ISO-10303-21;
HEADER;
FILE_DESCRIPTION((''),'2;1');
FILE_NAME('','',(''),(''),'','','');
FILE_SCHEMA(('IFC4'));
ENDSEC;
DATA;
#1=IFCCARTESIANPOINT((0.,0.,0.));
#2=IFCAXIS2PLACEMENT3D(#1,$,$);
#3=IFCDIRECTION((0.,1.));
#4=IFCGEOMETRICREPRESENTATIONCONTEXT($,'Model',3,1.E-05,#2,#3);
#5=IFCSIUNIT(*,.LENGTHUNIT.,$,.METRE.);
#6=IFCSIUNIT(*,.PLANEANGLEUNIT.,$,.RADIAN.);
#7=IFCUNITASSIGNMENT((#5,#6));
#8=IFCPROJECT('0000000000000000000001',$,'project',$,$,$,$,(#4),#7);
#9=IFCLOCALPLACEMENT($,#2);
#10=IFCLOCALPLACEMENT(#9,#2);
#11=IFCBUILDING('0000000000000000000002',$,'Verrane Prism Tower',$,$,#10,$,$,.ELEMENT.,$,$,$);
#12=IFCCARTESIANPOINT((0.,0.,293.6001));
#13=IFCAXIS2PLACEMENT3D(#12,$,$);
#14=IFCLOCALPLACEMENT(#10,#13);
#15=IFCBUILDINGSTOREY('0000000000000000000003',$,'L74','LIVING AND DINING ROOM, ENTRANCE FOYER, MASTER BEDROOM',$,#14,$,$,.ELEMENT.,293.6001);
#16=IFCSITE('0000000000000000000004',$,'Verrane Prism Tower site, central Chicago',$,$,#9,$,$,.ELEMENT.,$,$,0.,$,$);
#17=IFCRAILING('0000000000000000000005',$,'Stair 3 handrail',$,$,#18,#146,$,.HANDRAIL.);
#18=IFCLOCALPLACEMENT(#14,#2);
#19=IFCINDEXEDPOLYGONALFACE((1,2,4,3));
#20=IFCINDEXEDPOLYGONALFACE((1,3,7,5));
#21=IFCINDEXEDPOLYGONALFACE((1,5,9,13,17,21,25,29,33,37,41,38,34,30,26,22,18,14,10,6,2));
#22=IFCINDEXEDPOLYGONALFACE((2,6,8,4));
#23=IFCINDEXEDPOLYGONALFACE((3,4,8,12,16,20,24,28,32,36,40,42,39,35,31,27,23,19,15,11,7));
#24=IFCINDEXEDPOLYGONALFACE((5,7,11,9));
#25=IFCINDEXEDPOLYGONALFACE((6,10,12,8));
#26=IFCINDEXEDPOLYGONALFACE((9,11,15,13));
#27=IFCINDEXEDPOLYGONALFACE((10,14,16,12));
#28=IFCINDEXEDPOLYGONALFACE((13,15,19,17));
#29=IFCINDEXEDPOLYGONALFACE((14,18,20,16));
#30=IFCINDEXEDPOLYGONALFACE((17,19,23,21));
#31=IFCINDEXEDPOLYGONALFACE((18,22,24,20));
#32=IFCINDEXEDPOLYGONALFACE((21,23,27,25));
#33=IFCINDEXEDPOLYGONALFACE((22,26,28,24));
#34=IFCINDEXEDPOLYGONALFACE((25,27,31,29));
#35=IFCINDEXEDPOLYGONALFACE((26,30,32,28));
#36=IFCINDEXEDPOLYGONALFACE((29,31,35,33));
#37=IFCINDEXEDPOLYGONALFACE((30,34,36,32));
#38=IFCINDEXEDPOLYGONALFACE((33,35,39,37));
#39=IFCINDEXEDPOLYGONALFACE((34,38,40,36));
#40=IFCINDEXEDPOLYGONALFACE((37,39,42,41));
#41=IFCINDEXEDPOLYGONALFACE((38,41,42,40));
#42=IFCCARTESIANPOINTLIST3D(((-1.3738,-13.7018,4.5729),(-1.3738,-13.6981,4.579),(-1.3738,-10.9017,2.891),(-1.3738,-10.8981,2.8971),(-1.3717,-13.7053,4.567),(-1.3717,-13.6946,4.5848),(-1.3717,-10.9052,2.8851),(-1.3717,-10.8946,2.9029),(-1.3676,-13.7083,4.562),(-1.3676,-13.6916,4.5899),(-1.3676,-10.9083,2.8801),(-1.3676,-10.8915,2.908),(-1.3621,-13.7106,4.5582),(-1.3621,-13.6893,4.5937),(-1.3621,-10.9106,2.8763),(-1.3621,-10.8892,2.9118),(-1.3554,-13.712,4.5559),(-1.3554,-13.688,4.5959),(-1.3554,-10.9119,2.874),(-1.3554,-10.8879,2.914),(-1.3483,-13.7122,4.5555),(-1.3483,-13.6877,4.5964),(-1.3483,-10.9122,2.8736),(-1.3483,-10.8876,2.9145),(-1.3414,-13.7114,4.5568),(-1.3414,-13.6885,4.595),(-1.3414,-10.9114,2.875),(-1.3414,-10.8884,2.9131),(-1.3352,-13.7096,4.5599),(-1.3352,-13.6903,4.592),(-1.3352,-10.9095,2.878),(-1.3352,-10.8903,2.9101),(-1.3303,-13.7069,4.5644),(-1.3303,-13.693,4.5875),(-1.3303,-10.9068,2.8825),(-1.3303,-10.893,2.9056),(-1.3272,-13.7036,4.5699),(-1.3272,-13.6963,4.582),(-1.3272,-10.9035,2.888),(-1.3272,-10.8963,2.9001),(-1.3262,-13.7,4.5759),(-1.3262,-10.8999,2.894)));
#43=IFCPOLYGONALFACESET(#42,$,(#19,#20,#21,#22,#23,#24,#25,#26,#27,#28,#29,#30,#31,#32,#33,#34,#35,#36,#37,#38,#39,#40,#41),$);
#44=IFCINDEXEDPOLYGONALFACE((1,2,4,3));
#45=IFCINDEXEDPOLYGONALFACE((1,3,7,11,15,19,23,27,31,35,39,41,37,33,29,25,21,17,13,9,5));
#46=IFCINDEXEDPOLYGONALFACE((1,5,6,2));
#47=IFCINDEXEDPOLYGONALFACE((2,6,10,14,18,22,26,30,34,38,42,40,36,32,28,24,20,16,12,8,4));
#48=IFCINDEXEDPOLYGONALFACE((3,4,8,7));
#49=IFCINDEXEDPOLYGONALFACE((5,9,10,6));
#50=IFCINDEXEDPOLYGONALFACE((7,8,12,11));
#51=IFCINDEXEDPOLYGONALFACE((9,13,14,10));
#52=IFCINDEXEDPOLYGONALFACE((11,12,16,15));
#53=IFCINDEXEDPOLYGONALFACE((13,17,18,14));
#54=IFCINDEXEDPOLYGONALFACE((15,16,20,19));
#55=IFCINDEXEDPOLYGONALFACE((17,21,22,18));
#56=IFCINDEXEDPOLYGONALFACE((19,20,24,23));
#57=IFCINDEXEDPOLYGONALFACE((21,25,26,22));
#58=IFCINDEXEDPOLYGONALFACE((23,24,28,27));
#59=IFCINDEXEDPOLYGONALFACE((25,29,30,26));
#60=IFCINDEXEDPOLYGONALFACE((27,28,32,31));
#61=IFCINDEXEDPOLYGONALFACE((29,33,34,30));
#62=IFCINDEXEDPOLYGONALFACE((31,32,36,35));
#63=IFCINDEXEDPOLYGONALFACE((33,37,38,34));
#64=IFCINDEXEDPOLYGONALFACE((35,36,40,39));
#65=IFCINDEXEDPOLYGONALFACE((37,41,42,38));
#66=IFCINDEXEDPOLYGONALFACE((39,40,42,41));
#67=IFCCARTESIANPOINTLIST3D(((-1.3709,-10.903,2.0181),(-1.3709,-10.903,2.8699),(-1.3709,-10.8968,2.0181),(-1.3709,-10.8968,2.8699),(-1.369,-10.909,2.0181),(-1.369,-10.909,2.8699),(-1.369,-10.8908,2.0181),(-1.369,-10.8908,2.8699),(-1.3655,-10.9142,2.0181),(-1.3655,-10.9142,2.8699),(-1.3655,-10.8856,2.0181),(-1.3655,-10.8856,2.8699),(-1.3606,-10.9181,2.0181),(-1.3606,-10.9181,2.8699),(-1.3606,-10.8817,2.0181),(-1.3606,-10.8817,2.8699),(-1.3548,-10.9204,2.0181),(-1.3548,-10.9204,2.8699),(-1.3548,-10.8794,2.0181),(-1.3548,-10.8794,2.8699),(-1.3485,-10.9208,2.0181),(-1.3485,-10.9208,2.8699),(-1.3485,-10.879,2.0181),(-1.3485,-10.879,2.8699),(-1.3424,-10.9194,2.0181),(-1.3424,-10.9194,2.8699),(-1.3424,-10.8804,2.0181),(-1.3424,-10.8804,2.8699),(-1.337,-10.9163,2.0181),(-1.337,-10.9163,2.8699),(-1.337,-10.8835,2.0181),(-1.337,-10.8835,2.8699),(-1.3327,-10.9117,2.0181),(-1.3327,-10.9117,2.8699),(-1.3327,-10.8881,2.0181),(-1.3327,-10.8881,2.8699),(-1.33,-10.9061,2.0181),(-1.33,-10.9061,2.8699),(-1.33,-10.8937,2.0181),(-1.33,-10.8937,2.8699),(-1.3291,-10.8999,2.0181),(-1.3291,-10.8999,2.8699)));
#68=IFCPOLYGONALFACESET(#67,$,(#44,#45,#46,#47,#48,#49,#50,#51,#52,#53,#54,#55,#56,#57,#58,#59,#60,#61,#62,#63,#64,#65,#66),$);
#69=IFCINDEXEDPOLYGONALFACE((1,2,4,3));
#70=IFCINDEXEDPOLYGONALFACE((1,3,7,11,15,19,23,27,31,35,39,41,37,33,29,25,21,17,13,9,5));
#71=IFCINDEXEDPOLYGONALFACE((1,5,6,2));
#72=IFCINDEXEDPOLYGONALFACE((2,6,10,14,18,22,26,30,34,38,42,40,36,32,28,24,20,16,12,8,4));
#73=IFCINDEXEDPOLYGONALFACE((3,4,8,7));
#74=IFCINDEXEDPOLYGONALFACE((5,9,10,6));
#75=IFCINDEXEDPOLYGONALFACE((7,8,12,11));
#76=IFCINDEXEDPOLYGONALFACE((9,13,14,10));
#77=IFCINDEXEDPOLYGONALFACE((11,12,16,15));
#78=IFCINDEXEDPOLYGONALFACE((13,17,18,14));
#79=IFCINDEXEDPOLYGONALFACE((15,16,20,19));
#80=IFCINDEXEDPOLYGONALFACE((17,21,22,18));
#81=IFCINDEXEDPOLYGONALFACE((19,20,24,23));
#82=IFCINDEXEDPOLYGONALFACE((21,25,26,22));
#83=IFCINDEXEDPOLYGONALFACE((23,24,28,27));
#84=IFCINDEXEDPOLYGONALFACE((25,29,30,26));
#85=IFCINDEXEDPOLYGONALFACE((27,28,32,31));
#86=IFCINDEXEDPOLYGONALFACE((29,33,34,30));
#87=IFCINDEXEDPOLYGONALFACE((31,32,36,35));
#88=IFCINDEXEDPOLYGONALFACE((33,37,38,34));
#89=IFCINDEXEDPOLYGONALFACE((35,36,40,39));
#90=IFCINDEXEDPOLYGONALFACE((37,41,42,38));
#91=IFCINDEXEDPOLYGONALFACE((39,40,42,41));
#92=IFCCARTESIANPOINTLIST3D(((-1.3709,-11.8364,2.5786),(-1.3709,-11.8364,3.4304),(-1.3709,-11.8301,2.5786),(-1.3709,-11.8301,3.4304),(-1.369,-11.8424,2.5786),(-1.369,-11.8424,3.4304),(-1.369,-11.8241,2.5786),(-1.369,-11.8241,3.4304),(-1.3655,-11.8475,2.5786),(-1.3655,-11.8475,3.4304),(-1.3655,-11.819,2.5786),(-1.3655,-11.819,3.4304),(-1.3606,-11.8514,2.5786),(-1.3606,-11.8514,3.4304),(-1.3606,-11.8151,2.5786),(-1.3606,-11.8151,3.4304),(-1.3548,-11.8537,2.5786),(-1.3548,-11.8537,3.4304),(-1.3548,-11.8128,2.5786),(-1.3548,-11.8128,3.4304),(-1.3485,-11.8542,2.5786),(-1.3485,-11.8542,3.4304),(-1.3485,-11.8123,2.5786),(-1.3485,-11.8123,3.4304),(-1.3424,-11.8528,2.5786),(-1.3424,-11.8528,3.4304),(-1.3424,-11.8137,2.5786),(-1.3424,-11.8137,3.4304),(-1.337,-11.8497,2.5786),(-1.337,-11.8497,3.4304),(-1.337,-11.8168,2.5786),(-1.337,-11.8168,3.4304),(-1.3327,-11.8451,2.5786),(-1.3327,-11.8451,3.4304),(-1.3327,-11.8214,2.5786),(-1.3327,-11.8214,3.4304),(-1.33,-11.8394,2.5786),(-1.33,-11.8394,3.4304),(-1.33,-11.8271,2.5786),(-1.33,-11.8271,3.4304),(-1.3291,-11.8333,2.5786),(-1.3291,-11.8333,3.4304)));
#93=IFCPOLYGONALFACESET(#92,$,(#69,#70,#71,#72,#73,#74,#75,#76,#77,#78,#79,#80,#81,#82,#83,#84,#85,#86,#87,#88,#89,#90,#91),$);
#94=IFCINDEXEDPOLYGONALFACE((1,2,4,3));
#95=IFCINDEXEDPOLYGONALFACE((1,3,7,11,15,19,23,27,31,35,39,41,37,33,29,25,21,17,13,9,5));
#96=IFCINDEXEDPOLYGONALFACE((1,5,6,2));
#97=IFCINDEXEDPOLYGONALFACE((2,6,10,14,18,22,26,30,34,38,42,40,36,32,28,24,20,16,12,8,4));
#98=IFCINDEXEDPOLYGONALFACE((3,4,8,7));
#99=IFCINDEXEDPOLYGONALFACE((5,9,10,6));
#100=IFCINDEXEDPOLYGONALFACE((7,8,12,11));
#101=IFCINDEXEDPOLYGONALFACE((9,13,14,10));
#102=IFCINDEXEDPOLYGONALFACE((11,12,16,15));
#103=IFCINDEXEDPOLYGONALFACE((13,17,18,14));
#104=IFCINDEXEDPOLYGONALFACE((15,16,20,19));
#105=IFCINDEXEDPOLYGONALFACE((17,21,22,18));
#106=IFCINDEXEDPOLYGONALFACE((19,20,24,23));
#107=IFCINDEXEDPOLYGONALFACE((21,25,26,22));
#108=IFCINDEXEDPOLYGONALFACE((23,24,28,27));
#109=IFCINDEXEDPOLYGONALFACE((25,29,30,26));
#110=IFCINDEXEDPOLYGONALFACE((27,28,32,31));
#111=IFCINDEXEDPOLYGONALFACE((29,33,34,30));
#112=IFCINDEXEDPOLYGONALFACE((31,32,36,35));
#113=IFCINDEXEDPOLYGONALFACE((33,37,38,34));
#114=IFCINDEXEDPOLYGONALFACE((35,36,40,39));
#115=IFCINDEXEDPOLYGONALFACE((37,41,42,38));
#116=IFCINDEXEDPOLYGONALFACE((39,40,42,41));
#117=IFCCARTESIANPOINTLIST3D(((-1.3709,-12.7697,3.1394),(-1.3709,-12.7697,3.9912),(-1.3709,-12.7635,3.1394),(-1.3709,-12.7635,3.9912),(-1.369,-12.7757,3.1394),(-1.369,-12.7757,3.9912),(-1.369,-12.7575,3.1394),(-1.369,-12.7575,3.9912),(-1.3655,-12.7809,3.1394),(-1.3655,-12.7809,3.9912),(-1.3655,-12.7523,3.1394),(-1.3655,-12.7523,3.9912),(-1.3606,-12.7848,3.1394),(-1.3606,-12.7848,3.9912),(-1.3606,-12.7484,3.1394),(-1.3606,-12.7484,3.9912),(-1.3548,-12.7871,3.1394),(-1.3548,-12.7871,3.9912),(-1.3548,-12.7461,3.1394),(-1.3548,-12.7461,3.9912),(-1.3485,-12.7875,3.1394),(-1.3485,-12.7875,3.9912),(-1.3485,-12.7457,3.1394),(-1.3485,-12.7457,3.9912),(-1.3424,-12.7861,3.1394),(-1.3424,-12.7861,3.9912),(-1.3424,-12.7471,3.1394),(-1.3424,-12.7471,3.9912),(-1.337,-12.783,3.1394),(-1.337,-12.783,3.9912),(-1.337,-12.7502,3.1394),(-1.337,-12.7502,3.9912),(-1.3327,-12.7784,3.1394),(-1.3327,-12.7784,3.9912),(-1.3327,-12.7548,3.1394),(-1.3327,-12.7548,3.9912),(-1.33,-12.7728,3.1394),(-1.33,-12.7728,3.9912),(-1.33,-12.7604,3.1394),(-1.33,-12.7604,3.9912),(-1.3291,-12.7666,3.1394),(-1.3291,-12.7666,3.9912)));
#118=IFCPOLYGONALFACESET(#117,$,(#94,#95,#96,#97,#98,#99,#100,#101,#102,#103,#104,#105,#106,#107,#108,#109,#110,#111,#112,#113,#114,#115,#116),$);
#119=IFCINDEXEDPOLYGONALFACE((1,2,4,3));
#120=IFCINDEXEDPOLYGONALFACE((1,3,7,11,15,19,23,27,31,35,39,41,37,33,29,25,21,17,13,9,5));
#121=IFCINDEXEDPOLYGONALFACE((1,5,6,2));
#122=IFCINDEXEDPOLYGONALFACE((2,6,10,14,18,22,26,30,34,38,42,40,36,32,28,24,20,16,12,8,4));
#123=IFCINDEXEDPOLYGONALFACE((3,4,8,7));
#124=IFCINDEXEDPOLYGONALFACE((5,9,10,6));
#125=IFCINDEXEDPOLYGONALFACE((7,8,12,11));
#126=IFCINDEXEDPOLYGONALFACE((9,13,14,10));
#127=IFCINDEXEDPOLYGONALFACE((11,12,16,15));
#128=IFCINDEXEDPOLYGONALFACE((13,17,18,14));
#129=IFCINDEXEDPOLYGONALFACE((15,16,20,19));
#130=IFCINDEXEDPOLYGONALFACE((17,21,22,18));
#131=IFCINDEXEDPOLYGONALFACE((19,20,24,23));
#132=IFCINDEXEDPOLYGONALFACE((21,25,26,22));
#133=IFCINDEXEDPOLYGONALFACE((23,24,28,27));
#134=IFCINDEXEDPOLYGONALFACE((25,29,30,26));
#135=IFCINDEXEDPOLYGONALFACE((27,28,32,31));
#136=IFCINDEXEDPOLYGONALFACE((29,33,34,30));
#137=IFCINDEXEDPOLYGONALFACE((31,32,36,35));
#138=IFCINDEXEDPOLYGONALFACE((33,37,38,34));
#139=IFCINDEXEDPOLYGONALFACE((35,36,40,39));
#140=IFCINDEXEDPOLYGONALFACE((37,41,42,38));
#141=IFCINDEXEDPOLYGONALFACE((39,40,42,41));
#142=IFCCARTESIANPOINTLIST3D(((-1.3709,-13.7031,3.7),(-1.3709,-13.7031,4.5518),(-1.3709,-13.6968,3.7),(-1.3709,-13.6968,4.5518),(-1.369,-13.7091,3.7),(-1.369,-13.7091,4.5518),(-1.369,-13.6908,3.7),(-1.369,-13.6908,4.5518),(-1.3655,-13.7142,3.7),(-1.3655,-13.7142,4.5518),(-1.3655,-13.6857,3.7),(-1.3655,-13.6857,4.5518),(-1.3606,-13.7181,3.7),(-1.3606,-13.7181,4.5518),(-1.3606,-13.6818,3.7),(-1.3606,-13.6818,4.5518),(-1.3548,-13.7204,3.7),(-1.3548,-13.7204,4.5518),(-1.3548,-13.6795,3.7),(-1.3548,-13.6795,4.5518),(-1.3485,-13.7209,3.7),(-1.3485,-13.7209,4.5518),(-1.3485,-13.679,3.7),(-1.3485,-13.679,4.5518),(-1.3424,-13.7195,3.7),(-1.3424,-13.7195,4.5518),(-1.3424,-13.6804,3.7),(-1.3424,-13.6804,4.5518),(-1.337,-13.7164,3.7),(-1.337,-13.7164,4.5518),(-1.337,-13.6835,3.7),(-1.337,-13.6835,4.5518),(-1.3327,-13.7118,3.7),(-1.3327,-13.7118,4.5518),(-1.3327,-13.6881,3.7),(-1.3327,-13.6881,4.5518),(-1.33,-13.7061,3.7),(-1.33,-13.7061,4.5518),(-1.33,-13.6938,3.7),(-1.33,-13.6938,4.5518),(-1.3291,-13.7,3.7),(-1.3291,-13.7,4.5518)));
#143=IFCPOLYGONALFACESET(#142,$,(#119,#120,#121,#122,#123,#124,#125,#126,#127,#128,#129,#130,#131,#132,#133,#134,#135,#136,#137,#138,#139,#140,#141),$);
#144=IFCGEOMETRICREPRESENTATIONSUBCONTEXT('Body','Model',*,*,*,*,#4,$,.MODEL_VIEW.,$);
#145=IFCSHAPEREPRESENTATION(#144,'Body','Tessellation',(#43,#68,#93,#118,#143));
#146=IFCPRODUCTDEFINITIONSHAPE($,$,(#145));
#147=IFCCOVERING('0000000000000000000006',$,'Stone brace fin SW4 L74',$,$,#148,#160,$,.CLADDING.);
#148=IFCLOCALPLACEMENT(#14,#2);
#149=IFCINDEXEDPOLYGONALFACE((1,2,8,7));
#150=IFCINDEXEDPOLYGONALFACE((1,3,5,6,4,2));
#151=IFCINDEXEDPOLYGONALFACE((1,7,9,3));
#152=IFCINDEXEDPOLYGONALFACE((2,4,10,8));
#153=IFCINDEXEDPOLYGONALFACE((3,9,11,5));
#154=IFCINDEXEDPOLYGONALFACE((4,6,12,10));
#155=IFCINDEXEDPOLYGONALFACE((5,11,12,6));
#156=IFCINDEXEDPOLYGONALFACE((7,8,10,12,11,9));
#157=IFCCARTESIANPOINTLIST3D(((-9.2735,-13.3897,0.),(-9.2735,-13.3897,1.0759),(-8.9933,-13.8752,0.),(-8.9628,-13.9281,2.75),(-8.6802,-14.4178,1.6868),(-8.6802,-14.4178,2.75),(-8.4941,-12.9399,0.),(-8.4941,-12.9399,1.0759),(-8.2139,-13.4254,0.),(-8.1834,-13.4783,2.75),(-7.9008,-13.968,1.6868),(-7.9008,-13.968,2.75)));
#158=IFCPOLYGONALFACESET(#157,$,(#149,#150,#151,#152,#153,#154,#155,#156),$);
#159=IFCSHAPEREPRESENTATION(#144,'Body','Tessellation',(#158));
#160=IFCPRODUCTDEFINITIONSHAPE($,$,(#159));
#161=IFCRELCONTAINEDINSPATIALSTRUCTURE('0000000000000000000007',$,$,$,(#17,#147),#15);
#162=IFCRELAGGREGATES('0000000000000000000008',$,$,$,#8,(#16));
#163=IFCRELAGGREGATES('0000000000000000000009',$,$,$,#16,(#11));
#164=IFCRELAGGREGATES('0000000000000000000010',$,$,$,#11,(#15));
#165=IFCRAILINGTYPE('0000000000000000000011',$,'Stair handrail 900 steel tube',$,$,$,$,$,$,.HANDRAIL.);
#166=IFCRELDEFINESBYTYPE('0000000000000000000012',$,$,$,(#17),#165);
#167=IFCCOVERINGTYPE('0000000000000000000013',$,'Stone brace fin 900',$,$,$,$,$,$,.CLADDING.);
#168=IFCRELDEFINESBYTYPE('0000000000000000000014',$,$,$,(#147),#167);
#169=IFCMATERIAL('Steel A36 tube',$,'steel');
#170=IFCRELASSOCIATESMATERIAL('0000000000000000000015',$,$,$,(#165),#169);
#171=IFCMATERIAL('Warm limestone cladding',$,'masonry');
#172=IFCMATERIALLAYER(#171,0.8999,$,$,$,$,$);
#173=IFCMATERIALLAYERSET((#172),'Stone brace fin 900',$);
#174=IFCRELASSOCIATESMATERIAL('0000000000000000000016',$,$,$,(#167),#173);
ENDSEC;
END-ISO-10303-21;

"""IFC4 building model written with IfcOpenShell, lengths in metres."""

from ifc_helpers import new_model, si_unit, direction, frame, origin, origin_2d, place, context, subcontext, project, spatial, polyline, circle, outline, extrude, material, layer, layer_set, type_object, element, save


model = new_model("IFC4")

# Units and contexts
model_context = context("Model", 3, precision=1e-05, world=origin(), true_north=direction((0.0, 1.0)))
body_context = subcontext(model_context, "Body", "Model", "MODEL_VIEW")
ifc_project = project(units=[si_unit("LENGTHUNIT", "METRE"), si_unit("PLANEANGLEUNIT", "RADIAN")], contexts=[model_context])

# Site, building, storey
site_placement = place(None, origin())
site = spatial("IfcSite", under=ifc_project, at=site_placement, Name="Verrane Prism Tower site, central Chicago", CompositionType="ELEMENT", RefElevation=0.0)
building_placement = place(site_placement, origin())
building = spatial("IfcBuilding", under=site, at=building_placement, Name="Verrane Prism Tower", CompositionType="ELEMENT")
storey_placement = place(building_placement, frame((0.0, 0.0, 293.6001)))
storey = spatial("IfcBuildingStorey", under=building, at=storey_placement, Name="L74", Description="LIVING AND DINING ROOM, ENTRANCE FOYER, MASTER BEDROOM", CompositionType="ELEMENT", Elevation=293.6001)

# Railing
ifc_material_1 = material(Name="Steel A36 tube", Category="steel")
railing_type = type_object("IfcRailingType", Name="Stair handrail 900 steel tube", PredefinedType="HANDRAIL", material=ifc_material_1)
railing_placement = place(storey_placement, frame((-1.3501, -10.8999, 2.0181)))
element("IfcRailing", 1, at=railing_placement, inside=storey, type_object=railing_type, Name="Stair 3 handrail", PredefinedType="HANDRAIL", context=body_context, shape_type="SweptSolid", body=[
    extrude(circle(Radius=0.0239, at=origin_2d()), frame((0.0, 0.0, 0.876), z_axis=(0.0, -0.857242, 0.514913), x_axis=(1.0, 0.0, 0.0)), (0.0, 0.0, 1.0), 3.2664),
    extrude(circle(Radius=0.021, at=origin_2d()), origin(), (0.0, 0.0, 1.0), 0.8518),
    extrude(circle(Radius=0.021, at=origin_2d()), frame((0.0, -0.9333, 0.5605)), (0.0, 0.0, 1.0), 0.8518),
    extrude(circle(Radius=0.021, at=origin_2d()), frame((0.0, -1.8667, 1.1213)), (0.0, 0.0, 1.0), 0.8518),
    extrude(circle(Radius=0.021, at=origin_2d()), frame((0.0, -2.8, 1.6819)), (0.0, 0.0, 1.0), 0.8518),
])

# Covering
ifc_material_2 = material(Name="Warm limestone cladding", Category="masonry")
ifc_layer_1 = layer(ifc_material_2, 0.8999)
ifc_layer_set_1 = layer_set([ifc_layer_1], Name="Stone brace fin 900")
covering_type = type_object("IfcCoveringType", Name="Stone brace fin 900", PredefinedType="CLADDING", material=ifc_layer_set_1)
covering_placement = place(storey_placement, frame((-8.8838, -13.1648, 0.0), z_axis=(0.0, 0.0, 1.0), x_axis=(0.499811, -0.866134, 0.0)))
element("IfcCovering", 2, at=covering_placement, inside=storey, type_object=covering_type, Name="Stone brace fin SW4 L74", PredefinedType="CLADDING", context=body_context, shape_type="SweptSolid", body=[
    extrude(outline(polyline([(1.187, 2.75), (0.6216, 2.75), (0.0, 1.0759), (0.0, 0.0), (0.5605, 0.0), (1.187, 1.6868), (1.187, 2.75)])), frame((0.0, 0.45, 0.0), z_axis=(0.0, -1.0, 0.0), x_axis=(1.0, 0.0, 0.0)), (0.0, 0.0, 1.0), 0.8999),
])

save(model, "model.ifc")
